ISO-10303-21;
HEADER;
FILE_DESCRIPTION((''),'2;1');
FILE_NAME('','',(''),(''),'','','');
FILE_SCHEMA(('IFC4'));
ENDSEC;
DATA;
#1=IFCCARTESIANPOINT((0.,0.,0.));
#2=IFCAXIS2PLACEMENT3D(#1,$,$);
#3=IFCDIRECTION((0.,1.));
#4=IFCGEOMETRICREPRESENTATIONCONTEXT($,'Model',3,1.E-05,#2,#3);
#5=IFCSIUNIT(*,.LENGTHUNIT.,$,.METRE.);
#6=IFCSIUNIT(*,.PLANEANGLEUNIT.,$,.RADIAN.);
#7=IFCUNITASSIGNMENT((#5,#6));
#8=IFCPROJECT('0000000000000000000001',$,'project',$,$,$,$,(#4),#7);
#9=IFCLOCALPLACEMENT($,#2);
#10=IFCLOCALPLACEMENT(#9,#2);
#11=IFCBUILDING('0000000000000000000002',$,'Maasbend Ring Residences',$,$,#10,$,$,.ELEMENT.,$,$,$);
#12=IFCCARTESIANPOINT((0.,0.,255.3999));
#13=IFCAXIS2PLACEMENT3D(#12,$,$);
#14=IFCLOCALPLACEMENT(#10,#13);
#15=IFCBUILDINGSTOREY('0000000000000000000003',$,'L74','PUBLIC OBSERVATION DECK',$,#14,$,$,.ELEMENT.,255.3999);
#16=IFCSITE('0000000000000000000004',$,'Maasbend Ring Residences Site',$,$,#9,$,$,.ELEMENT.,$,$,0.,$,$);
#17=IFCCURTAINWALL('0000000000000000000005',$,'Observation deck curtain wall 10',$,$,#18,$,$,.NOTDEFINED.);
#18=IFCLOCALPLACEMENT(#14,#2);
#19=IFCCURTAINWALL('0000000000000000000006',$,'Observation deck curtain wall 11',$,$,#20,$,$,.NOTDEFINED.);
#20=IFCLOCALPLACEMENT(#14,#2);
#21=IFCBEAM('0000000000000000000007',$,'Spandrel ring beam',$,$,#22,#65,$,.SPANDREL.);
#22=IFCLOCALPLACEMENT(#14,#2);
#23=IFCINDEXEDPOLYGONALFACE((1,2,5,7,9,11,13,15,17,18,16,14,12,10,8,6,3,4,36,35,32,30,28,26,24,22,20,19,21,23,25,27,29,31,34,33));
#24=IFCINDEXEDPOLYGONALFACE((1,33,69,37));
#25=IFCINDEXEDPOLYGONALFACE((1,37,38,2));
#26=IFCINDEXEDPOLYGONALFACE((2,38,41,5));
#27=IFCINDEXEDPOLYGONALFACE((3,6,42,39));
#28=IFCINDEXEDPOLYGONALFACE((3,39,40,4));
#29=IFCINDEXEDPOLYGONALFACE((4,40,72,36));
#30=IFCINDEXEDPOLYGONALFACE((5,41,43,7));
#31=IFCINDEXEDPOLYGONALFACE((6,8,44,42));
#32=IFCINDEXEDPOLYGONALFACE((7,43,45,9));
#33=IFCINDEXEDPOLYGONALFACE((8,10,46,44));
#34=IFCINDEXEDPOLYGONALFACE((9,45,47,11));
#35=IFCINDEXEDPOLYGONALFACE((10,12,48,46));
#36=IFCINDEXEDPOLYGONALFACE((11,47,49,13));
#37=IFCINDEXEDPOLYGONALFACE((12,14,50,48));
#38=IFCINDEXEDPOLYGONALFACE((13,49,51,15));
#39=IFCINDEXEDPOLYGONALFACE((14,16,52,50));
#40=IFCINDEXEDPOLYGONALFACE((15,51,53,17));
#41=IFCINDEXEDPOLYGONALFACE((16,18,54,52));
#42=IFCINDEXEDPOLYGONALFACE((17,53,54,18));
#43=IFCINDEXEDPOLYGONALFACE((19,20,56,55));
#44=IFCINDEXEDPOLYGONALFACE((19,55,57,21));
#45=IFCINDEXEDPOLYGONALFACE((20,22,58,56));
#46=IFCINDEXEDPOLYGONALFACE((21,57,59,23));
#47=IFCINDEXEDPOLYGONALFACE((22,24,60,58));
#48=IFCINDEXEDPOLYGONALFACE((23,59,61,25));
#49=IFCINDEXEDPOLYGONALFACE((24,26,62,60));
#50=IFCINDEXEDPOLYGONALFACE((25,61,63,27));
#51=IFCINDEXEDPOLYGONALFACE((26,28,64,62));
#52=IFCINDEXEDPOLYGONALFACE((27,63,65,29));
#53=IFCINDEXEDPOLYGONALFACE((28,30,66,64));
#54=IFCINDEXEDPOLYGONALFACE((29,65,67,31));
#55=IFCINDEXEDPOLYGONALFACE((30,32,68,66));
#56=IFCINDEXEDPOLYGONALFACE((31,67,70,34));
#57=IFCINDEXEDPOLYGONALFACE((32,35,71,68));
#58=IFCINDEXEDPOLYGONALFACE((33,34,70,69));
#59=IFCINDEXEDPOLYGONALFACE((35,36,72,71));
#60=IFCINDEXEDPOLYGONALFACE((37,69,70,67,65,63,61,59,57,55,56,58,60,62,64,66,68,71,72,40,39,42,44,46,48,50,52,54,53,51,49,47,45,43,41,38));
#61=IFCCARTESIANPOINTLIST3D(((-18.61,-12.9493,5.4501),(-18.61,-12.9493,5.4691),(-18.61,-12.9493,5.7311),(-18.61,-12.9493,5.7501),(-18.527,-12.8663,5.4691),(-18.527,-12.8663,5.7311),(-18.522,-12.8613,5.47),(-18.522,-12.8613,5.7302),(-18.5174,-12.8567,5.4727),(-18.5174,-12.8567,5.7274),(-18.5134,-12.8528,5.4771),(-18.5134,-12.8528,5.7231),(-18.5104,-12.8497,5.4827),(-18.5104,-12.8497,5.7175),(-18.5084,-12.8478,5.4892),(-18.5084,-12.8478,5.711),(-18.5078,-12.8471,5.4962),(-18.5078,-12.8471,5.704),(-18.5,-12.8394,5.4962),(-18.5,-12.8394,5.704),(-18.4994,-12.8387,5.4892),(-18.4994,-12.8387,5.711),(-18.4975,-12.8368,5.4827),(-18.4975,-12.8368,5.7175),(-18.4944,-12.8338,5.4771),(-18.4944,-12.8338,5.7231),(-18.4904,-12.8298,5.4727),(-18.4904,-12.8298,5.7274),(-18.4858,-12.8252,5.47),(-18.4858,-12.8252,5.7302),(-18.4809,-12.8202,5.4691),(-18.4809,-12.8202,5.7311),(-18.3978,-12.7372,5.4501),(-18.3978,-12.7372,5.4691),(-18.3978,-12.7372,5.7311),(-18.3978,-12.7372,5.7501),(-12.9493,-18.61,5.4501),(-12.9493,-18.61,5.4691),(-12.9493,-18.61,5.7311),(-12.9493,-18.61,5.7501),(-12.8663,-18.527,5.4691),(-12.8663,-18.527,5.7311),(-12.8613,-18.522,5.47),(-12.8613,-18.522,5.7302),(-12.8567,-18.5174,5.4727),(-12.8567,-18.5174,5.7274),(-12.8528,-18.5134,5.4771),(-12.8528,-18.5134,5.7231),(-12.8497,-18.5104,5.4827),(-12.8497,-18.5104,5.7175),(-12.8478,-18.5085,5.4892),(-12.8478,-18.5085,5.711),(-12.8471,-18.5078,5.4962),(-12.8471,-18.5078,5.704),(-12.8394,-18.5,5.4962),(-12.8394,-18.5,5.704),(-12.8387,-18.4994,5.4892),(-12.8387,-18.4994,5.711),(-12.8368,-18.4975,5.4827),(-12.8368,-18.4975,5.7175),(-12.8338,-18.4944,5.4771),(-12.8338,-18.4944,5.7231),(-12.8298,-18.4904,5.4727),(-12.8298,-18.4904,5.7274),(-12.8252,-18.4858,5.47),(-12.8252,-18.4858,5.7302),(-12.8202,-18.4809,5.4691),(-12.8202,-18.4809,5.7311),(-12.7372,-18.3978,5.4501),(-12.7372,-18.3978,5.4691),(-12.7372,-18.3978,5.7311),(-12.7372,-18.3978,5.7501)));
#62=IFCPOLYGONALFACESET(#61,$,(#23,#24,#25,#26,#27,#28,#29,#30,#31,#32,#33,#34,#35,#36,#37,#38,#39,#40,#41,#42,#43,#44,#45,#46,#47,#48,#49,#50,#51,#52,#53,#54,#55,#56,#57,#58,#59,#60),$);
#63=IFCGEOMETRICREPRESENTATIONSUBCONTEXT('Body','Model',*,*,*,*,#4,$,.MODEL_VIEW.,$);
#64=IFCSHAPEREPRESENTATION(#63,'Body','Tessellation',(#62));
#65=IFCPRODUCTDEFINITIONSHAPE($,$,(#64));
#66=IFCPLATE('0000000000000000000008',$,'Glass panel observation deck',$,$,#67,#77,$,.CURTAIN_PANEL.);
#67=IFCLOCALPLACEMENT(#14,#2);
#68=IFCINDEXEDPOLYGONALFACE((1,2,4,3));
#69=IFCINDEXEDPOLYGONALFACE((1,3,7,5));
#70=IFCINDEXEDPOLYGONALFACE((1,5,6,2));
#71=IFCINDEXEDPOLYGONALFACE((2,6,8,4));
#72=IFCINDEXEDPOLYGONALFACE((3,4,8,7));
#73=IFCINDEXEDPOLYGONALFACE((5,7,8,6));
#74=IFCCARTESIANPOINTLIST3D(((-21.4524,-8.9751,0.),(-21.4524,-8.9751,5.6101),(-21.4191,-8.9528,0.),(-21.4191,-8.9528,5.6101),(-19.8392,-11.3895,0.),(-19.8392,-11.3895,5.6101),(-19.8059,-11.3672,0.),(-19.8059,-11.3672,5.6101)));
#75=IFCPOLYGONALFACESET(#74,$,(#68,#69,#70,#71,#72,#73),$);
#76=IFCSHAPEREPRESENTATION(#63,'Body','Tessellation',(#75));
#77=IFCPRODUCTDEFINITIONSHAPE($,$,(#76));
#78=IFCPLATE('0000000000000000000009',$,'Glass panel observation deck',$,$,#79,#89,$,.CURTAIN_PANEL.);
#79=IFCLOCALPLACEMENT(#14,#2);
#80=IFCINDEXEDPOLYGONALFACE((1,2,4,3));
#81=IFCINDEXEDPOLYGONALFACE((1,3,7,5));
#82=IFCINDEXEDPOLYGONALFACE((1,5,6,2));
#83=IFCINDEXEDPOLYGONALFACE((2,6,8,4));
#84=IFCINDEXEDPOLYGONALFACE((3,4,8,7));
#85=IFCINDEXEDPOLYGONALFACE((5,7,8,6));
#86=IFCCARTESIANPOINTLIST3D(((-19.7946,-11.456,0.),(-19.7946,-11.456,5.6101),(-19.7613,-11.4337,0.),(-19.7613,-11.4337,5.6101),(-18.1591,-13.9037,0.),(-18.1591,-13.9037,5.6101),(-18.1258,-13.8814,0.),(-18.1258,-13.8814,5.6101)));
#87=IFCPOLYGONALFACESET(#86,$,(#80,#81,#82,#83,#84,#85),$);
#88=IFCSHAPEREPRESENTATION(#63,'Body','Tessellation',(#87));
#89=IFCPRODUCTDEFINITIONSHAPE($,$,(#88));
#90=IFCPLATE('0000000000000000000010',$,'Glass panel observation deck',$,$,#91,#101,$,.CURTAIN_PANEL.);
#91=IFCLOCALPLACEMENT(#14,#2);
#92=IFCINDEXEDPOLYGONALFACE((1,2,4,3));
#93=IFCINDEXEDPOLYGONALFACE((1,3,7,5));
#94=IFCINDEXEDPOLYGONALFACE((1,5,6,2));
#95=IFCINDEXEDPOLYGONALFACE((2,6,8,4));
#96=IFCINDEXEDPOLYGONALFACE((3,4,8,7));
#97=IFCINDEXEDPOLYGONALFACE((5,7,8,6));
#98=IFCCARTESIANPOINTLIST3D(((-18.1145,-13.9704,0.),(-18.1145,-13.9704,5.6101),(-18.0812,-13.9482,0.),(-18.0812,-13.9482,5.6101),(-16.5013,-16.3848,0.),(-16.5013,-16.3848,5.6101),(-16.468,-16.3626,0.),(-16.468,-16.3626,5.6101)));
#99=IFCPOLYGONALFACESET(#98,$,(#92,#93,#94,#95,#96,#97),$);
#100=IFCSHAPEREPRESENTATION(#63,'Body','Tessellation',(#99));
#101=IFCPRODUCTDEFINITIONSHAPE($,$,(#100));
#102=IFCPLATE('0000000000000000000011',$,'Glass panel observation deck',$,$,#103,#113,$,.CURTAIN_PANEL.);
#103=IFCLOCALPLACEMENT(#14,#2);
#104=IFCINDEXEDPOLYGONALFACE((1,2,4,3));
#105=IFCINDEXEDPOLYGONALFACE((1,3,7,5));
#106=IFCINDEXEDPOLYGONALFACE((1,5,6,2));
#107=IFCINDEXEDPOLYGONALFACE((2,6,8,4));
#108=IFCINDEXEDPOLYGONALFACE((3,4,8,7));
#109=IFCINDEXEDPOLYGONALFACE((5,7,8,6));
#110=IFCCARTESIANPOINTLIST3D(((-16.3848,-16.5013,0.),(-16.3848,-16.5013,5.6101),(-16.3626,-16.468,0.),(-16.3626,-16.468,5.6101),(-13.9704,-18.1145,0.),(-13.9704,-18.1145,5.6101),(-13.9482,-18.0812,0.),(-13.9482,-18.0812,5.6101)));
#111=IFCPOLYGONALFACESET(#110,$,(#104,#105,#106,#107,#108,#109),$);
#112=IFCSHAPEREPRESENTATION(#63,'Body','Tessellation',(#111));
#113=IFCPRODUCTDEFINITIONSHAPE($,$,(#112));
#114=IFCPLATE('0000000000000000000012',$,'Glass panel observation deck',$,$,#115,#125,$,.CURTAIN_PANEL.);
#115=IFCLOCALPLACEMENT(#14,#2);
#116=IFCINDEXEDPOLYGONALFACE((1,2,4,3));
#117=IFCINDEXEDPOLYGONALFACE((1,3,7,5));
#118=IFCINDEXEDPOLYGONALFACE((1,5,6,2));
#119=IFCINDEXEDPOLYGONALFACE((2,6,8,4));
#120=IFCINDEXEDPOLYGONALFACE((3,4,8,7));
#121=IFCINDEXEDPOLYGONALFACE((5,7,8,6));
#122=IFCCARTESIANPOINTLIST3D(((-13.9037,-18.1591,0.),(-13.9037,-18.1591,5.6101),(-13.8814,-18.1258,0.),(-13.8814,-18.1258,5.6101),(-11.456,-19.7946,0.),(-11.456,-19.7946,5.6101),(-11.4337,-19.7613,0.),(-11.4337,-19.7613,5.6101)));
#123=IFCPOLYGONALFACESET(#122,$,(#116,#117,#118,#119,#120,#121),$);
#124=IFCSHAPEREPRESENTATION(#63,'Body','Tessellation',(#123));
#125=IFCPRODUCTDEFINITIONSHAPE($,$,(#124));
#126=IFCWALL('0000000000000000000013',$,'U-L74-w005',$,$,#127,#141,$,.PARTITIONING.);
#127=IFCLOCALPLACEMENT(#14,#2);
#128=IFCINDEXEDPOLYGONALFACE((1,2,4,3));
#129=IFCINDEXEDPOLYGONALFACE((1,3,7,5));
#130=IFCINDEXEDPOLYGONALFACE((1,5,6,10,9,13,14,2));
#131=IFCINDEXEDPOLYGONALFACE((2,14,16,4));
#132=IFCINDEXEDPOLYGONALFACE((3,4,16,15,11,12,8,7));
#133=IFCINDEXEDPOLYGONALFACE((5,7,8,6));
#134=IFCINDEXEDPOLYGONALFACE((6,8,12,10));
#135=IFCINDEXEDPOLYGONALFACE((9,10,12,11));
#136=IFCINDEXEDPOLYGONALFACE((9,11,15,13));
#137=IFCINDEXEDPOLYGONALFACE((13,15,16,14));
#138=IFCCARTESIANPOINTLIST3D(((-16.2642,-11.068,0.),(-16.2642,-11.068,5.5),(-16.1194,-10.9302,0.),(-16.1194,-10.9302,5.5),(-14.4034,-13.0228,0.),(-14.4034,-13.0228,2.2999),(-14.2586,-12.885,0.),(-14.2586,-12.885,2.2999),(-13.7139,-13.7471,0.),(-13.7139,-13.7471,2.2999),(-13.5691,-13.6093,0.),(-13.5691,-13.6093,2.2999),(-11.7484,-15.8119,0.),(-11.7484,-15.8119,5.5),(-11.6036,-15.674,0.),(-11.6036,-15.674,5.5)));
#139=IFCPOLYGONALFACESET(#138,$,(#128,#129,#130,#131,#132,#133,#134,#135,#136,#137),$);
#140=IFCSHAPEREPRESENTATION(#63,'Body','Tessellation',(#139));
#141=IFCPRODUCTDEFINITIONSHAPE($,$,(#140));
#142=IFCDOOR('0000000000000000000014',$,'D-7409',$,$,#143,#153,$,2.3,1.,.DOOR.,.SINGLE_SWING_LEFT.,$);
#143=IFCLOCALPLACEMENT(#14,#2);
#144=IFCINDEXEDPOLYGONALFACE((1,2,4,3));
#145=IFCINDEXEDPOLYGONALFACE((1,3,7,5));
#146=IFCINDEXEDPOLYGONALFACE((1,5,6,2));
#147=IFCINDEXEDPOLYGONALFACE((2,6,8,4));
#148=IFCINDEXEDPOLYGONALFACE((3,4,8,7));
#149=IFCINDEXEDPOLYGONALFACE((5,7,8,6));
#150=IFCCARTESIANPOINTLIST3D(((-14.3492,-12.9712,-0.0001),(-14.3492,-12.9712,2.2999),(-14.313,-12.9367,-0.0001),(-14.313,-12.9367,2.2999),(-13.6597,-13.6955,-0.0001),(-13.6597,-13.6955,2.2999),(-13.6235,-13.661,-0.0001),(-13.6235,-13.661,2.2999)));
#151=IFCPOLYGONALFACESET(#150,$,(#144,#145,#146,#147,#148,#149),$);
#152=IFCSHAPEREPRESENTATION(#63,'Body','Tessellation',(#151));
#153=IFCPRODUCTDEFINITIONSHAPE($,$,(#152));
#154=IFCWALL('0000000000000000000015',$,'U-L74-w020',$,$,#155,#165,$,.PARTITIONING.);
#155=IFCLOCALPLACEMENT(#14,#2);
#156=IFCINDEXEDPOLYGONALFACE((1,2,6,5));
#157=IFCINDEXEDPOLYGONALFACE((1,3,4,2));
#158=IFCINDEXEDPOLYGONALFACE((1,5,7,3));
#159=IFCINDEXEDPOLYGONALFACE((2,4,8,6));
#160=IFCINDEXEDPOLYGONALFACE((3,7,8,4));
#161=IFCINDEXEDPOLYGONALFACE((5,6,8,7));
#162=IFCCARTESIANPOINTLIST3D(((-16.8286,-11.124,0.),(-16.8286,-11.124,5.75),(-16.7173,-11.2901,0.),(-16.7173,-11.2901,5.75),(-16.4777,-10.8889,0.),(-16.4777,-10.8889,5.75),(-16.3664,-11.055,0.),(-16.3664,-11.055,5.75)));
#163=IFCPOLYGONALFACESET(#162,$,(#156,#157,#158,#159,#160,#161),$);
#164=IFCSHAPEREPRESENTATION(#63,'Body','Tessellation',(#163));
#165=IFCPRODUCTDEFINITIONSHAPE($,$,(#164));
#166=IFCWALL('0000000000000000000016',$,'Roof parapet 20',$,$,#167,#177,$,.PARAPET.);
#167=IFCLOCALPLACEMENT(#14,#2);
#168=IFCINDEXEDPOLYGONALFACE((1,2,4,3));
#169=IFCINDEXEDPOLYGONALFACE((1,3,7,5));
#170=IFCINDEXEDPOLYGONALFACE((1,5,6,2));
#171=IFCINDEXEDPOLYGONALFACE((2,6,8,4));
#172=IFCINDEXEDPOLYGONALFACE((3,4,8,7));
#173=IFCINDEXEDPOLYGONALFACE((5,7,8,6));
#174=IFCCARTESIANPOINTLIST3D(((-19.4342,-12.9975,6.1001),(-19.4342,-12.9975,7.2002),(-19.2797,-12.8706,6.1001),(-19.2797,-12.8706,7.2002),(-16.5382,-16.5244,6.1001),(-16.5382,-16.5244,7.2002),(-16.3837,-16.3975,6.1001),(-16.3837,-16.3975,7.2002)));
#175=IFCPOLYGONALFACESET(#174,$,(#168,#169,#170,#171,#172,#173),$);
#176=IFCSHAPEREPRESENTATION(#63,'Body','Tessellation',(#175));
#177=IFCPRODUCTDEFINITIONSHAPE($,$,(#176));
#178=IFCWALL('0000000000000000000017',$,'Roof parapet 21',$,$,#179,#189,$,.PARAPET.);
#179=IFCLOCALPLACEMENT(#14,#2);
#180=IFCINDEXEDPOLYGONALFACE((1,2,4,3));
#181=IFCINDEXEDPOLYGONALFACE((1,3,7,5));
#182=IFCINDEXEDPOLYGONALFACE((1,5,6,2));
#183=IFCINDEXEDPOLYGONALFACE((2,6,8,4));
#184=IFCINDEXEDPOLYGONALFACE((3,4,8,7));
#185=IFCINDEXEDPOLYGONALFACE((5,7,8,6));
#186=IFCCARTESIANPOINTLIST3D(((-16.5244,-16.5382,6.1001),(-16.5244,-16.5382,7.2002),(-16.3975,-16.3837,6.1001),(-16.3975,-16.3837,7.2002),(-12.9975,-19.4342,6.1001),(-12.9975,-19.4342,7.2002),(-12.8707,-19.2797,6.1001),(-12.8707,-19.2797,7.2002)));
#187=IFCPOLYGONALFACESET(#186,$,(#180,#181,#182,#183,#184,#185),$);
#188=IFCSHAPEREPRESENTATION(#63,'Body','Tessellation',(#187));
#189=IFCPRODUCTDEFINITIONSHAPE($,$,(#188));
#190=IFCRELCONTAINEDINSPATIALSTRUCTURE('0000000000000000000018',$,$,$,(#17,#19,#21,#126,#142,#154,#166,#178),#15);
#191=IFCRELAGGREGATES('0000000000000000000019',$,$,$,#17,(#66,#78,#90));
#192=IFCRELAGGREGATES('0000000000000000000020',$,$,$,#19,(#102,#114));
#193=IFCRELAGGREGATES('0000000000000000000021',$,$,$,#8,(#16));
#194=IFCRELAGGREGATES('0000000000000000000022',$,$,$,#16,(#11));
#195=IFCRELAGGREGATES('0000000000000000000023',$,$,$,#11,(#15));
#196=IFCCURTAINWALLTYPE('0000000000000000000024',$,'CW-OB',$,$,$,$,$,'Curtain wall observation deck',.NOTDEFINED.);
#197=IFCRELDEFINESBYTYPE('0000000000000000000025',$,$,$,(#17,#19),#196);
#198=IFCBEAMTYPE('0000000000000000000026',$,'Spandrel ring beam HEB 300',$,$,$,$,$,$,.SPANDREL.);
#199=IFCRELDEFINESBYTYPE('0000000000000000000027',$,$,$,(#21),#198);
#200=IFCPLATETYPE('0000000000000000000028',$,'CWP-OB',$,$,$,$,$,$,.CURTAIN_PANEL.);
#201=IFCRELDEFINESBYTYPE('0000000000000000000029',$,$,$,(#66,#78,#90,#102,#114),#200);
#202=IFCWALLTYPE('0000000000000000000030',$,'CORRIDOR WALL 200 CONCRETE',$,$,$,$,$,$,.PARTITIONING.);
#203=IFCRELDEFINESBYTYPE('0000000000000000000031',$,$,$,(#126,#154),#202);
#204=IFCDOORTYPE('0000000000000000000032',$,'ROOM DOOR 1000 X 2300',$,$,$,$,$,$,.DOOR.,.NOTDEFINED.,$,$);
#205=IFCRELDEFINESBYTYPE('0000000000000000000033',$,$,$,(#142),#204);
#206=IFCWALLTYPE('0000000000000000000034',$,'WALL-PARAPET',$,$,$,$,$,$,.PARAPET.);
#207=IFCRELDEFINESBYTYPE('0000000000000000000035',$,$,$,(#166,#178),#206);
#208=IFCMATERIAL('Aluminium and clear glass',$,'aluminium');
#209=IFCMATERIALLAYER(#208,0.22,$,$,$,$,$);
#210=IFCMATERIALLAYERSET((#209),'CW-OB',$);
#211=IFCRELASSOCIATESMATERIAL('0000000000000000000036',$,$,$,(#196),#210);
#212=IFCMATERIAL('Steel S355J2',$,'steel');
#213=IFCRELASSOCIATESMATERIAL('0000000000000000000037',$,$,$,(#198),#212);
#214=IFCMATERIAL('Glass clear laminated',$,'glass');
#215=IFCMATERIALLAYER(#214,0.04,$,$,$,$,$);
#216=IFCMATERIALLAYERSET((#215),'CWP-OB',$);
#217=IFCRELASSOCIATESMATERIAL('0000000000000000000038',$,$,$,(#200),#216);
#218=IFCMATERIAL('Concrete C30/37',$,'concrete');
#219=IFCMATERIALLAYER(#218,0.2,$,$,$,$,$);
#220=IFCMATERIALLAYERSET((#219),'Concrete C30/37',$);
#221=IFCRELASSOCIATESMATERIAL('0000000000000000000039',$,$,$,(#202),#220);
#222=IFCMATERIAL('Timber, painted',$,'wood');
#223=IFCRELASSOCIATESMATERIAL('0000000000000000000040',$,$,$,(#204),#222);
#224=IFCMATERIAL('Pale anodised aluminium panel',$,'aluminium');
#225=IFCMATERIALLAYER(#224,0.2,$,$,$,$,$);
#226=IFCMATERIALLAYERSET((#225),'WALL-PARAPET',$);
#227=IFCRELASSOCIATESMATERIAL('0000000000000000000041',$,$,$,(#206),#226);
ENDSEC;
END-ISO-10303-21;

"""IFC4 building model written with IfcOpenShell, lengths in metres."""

from ifc_helpers import new_model, si_unit, direction, frame, frame_2d, origin, origin_2d, place, context, subcontext, project, spatial, rectangle, i_section, extrude, material, layer, layer_set, material_profile, profile_set, type_object, element, fill, aggregate, save


model = new_model("IFC4")

# Units and contexts
model_context = context("Model", 3, precision=1e-05, world=origin(), true_north=direction((0.0, 1.0)))
body_context = subcontext(model_context, "Body", "Model", "MODEL_VIEW")
ifc_project = project(units=[si_unit("LENGTHUNIT", "METRE"), si_unit("PLANEANGLEUNIT", "RADIAN")], contexts=[model_context])

# Site, building, storey
site_placement = place(None, origin())
site = spatial("IfcSite", under=ifc_project, at=site_placement, Name="Maasbend Ring Residences Site", CompositionType="ELEMENT", RefElevation=0.0)
building_placement = place(site_placement, origin())
building = spatial("IfcBuilding", under=site, at=building_placement, Name="Maasbend Ring Residences", CompositionType="ELEMENT")
storey_placement = place(building_placement, frame((0.0, 0.0, 255.3999)))
storey = spatial("IfcBuildingStorey", under=building, at=storey_placement, Name="L74", Description="PUBLIC OBSERVATION DECK", CompositionType="ELEMENT", Elevation=255.3999)

# Curtain walls
ifc_material_1 = material(Name="Aluminium and clear glass", Category="aluminium")
ifc_layer_1 = layer(ifc_material_1, 0.22)
ifc_layer_set_1 = layer_set([ifc_layer_1], Name="CW-OB")
curtain_wall_type = type_object("IfcCurtainWallType", Name="CW-OB", ElementType="Curtain wall observation deck", PredefinedType="NOTDEFINED", material=ifc_layer_set_1)
curtain_wall_1_placement = place(storey_placement, origin())
curtain_wall_1 = element("IfcCurtainWall", 1, at=curtain_wall_1_placement, inside=storey, type_object=curtain_wall_type, Name="Observation deck curtain wall 10", PredefinedType="NOTDEFINED")
curtain_wall_2_placement = place(storey_placement, origin())
curtain_wall_2 = element("IfcCurtainWall", 2, at=curtain_wall_2_placement, inside=storey, type_object=curtain_wall_type, Name="Observation deck curtain wall 11", PredefinedType="NOTDEFINED")

# Beam
ifc_material_2 = material(Name="Steel S355J2", Category="steel")
ifc_material_profile_1 = material_profile(ifc_material_2, i_section(OverallWidth=0.3, OverallDepth=0.3, WebThickness=0.011, FlangeThickness=0.019, FilletRadius=0.0271, at=origin_2d()), Name="HEB 300")
ifc_profile_set_1 = profile_set([ifc_material_profile_1], Name="Steel S355J2")
beam_type_1 = type_object("IfcBeamType", Name="Spandrel ring beam HEB 300", PredefinedType="SPANDREL", material=ifc_profile_set_1)
beam_1_placement = place(storey_placement, frame((-18.5039, -12.8433, 5.6001), z_axis=(0.707107, -0.707107, 0.0), x_axis=(0.707107, 0.707107, 0.0)))
element("IfcBeam", 3, at=beam_1_placement, inside=storey, type_object=beam_type_1, Name="Spandrel ring beam", PredefinedType="SPANDREL", context=body_context, shape_type="SweptSolid", body=[
    extrude(i_section(OverallWidth=0.3, OverallDepth=0.3, WebThickness=0.011, FlangeThickness=0.019, FilletRadius=0.0271, at=origin_2d()), origin(), (0.0, 0.0, 1.0), 8.0054),
])

# Plates
ifc_material_3 = material(Name="Glass clear laminated", Category="glass")
ifc_layer_2 = layer(ifc_material_3, 0.04)
ifc_layer_set_2 = layer_set([ifc_layer_2], Name="CWP-OB")
plate_type = type_object("IfcPlateType", Name="CWP-OB", PredefinedType="CURTAIN_PANEL", material=ifc_layer_set_2)
plate_1_placement = place(storey_placement, frame((-20.6292, -10.1711, 0.0), z_axis=(0.0, 0.0, 1.0), x_axis=(0.55557, -0.83147, 0.0)))
plate_1 = element("IfcPlate", 4, at=plate_1_placement, type_object=plate_type, Name="Glass panel observation deck", PredefinedType="CURTAIN_PANEL", context=body_context, shape_type="SweptSolid", body=[
    extrude(rectangle(XDim=2.9038, YDim=0.04, at=origin_2d()), origin(), (0.0, 0.0, 1.0), 5.6101),
])
plate_2_placement = place(storey_placement, frame((-18.9602, -12.6687, 0.0), z_axis=(0.0, 0.0, 1.0), x_axis=(0.55557, -0.83147, 0.0)))
plate_2 = element("IfcPlate", 5, at=plate_2_placement, type_object=plate_type, Name="Glass panel observation deck", PredefinedType="CURTAIN_PANEL", context=body_context, shape_type="SweptSolid", body=[
    extrude(rectangle(XDim=2.9438, YDim=0.04, at=origin_2d()), origin(), (0.0, 0.0, 1.0), 5.6101),
])
plate_3_placement = place(storey_placement, frame((-17.2913, -15.1665, 0.0), z_axis=(0.0, 0.0, 1.0), x_axis=(0.55557, -0.83147, 0.0)))
plate_3 = element("IfcPlate", 6, at=plate_3_placement, type_object=plate_type, Name="Glass panel observation deck", PredefinedType="CURTAIN_PANEL", context=body_context, shape_type="SweptSolid", body=[
    extrude(rectangle(XDim=2.9038, YDim=0.04, at=origin_2d()), origin(), (0.0, 0.0, 1.0), 5.6101),
])
aggregate(curtain_wall_1, [plate_1, plate_2, plate_3])
plate_4_placement = place(storey_placement, frame((-15.1665, -17.2913, 0.0), z_axis=(0.0, 0.0, 1.0), x_axis=(0.83147, -0.55557, 0.0)))
plate_4 = element("IfcPlate", 7, at=plate_4_placement, type_object=plate_type, Name="Glass panel observation deck", PredefinedType="CURTAIN_PANEL", context=body_context, shape_type="SweptSolid", body=[
    extrude(rectangle(XDim=2.9038, YDim=0.04, at=origin_2d()), origin(), (0.0, 0.0, 1.0), 5.6101),
])
plate_5_placement = place(storey_placement, frame((-12.6687, -18.9602, 0.0), z_axis=(0.0, 0.0, 1.0), x_axis=(0.83147, -0.55557, 0.0)))
plate_5 = element("IfcPlate", 8, at=plate_5_placement, type_object=plate_type, Name="Glass panel observation deck", PredefinedType="CURTAIN_PANEL", context=body_context, shape_type="SweptSolid", body=[
    extrude(rectangle(XDim=2.9438, YDim=0.04, at=origin_2d()), origin(), (0.0, 0.0, 1.0), 5.6101),
])
aggregate(curtain_wall_2, [plate_4, plate_5])

# Wall, opening, door
ifc_material_4 = material(Name="Concrete C30/37", Category="concrete")
ifc_layer_3 = layer(ifc_material_4, 0.2)
ifc_layer_set_3 = layer_set([ifc_layer_3], Name="Concrete C30/37")
wall_type_1 = type_object("IfcWallType", Name="CORRIDOR WALL 200 CONCRETE", PredefinedType="PARTITIONING", material=ifc_layer_set_3)
wall_1_placement = place(storey_placement, frame((-16.1919, -10.999, 0.0), z_axis=(0.0, 0.0, 1.0), x_axis=(0.689485, -0.7243, 0.0)))
wall_1 = element("IfcWall", 9, at=wall_1_placement, inside=storey, type_object=wall_type_1, Name="U-L74-w005", PredefinedType="PARTITIONING", context=body_context, shape_type="SweptSolid", body=[
    extrude(rectangle(XDim=6.5496, YDim=0.2, at=frame_2d((3.2749, 0.0))), origin(), (0.0, 0.0, 1.0), 5.5),
])
opening_placement = place(wall_1_placement, frame((2.699, 0.0, 0.0)))
opening = element("IfcOpeningElement", 10, at=opening_placement, cuts=wall_1, PredefinedType="OPENING", context=body_context, shape_type="SweptSolid", body=[
    extrude(rectangle(XDim=1.0, YDim=2.3, at=frame_2d((0.5, 1.1499))), frame((0.0, 0.1099, 0.0), z_axis=(0.0, -1.0, 0.0), x_axis=(1.0, 0.0, 0.0)), (0.0, 0.0, 1.0), 0.22),
])
ifc_material_5 = material(Name="Timber, painted", Category="wood")
door_type = type_object("IfcDoorType", Name="ROOM DOOR 1000 X 2300", OperationType="NOTDEFINED", PredefinedType="DOOR", material=ifc_material_5)
door_placement = place(opening_placement, origin())
door = element("IfcDoor", 11, at=door_placement, inside=storey, type_object=door_type, Name="D-7409", OperationType="SINGLE_SWING_LEFT", OverallHeight=2.3, OverallWidth=1.0, PredefinedType="DOOR", context=body_context, shape_type="SweptSolid", body=[
    extrude(rectangle(XDim=1.0, YDim=2.3, at=frame_2d((0.5, 1.1499))), frame((0.0, 0.0249, 0.0), z_axis=(0.0, -1.0, 0.0), x_axis=(1.0, 0.0, 0.0)), (0.0, 0.0, 1.0), 0.05),
])
fill(opening, door)

# Walls
wall_2_placement = place(storey_placement, frame((-16.7729, -11.207, 0.0), z_axis=(0.0, 0.0, 1.0), x_axis=(0.830714, 0.5567, 0.0)))
element("IfcWall", 12, at=wall_2_placement, inside=storey, type_object=wall_type_1, Name="U-L74-w020", PredefinedType="PARTITIONING", context=body_context, shape_type="SweptSolid", body=[
    extrude(rectangle(XDim=0.4224, YDim=0.2, at=frame_2d((0.2112, 0.0))), origin(), (0.0, 0.0, 1.0), 5.75),
])
ifc_material_6 = material(Name="Pale anodised aluminium panel", Category="aluminium")
ifc_layer_4 = layer(ifc_material_6, 0.2)
ifc_layer_set_4 = layer_set([ifc_layer_4], Name="WALL-PARAPET")
wall_type_2 = type_object("IfcWallType", Name="WALL-PARAPET", PredefinedType="PARAPET", material=ifc_layer_set_4)
for number, where, z_axis, x_axis, name in (
    (13, (-19.3569, -12.9341, 6.1001), (0.0, 0.0, 1.0), (0.6346, -0.772841, 0.0), "Roof parapet 20"),
    (14, (-16.4609, -16.4609, 6.1001), (0.0, 0.0, 1.0), (0.772841, -0.6346, 0.0), "Roof parapet 21"),
):
    element("IfcWall", number, at=place(storey_placement, frame(where, z_axis=z_axis, x_axis=x_axis)), inside=storey, type_object=wall_type_2, Name=name, PredefinedType="PARAPET", context=body_context, shape_type="SweptSolid", body=[
        extrude(rectangle(XDim=4.5635, YDim=0.2, at=frame_2d((2.2817, 0.0))), origin(), (0.0, 0.0, 1.0), 1.1001),
    ])

save(model, "model.ifc")
